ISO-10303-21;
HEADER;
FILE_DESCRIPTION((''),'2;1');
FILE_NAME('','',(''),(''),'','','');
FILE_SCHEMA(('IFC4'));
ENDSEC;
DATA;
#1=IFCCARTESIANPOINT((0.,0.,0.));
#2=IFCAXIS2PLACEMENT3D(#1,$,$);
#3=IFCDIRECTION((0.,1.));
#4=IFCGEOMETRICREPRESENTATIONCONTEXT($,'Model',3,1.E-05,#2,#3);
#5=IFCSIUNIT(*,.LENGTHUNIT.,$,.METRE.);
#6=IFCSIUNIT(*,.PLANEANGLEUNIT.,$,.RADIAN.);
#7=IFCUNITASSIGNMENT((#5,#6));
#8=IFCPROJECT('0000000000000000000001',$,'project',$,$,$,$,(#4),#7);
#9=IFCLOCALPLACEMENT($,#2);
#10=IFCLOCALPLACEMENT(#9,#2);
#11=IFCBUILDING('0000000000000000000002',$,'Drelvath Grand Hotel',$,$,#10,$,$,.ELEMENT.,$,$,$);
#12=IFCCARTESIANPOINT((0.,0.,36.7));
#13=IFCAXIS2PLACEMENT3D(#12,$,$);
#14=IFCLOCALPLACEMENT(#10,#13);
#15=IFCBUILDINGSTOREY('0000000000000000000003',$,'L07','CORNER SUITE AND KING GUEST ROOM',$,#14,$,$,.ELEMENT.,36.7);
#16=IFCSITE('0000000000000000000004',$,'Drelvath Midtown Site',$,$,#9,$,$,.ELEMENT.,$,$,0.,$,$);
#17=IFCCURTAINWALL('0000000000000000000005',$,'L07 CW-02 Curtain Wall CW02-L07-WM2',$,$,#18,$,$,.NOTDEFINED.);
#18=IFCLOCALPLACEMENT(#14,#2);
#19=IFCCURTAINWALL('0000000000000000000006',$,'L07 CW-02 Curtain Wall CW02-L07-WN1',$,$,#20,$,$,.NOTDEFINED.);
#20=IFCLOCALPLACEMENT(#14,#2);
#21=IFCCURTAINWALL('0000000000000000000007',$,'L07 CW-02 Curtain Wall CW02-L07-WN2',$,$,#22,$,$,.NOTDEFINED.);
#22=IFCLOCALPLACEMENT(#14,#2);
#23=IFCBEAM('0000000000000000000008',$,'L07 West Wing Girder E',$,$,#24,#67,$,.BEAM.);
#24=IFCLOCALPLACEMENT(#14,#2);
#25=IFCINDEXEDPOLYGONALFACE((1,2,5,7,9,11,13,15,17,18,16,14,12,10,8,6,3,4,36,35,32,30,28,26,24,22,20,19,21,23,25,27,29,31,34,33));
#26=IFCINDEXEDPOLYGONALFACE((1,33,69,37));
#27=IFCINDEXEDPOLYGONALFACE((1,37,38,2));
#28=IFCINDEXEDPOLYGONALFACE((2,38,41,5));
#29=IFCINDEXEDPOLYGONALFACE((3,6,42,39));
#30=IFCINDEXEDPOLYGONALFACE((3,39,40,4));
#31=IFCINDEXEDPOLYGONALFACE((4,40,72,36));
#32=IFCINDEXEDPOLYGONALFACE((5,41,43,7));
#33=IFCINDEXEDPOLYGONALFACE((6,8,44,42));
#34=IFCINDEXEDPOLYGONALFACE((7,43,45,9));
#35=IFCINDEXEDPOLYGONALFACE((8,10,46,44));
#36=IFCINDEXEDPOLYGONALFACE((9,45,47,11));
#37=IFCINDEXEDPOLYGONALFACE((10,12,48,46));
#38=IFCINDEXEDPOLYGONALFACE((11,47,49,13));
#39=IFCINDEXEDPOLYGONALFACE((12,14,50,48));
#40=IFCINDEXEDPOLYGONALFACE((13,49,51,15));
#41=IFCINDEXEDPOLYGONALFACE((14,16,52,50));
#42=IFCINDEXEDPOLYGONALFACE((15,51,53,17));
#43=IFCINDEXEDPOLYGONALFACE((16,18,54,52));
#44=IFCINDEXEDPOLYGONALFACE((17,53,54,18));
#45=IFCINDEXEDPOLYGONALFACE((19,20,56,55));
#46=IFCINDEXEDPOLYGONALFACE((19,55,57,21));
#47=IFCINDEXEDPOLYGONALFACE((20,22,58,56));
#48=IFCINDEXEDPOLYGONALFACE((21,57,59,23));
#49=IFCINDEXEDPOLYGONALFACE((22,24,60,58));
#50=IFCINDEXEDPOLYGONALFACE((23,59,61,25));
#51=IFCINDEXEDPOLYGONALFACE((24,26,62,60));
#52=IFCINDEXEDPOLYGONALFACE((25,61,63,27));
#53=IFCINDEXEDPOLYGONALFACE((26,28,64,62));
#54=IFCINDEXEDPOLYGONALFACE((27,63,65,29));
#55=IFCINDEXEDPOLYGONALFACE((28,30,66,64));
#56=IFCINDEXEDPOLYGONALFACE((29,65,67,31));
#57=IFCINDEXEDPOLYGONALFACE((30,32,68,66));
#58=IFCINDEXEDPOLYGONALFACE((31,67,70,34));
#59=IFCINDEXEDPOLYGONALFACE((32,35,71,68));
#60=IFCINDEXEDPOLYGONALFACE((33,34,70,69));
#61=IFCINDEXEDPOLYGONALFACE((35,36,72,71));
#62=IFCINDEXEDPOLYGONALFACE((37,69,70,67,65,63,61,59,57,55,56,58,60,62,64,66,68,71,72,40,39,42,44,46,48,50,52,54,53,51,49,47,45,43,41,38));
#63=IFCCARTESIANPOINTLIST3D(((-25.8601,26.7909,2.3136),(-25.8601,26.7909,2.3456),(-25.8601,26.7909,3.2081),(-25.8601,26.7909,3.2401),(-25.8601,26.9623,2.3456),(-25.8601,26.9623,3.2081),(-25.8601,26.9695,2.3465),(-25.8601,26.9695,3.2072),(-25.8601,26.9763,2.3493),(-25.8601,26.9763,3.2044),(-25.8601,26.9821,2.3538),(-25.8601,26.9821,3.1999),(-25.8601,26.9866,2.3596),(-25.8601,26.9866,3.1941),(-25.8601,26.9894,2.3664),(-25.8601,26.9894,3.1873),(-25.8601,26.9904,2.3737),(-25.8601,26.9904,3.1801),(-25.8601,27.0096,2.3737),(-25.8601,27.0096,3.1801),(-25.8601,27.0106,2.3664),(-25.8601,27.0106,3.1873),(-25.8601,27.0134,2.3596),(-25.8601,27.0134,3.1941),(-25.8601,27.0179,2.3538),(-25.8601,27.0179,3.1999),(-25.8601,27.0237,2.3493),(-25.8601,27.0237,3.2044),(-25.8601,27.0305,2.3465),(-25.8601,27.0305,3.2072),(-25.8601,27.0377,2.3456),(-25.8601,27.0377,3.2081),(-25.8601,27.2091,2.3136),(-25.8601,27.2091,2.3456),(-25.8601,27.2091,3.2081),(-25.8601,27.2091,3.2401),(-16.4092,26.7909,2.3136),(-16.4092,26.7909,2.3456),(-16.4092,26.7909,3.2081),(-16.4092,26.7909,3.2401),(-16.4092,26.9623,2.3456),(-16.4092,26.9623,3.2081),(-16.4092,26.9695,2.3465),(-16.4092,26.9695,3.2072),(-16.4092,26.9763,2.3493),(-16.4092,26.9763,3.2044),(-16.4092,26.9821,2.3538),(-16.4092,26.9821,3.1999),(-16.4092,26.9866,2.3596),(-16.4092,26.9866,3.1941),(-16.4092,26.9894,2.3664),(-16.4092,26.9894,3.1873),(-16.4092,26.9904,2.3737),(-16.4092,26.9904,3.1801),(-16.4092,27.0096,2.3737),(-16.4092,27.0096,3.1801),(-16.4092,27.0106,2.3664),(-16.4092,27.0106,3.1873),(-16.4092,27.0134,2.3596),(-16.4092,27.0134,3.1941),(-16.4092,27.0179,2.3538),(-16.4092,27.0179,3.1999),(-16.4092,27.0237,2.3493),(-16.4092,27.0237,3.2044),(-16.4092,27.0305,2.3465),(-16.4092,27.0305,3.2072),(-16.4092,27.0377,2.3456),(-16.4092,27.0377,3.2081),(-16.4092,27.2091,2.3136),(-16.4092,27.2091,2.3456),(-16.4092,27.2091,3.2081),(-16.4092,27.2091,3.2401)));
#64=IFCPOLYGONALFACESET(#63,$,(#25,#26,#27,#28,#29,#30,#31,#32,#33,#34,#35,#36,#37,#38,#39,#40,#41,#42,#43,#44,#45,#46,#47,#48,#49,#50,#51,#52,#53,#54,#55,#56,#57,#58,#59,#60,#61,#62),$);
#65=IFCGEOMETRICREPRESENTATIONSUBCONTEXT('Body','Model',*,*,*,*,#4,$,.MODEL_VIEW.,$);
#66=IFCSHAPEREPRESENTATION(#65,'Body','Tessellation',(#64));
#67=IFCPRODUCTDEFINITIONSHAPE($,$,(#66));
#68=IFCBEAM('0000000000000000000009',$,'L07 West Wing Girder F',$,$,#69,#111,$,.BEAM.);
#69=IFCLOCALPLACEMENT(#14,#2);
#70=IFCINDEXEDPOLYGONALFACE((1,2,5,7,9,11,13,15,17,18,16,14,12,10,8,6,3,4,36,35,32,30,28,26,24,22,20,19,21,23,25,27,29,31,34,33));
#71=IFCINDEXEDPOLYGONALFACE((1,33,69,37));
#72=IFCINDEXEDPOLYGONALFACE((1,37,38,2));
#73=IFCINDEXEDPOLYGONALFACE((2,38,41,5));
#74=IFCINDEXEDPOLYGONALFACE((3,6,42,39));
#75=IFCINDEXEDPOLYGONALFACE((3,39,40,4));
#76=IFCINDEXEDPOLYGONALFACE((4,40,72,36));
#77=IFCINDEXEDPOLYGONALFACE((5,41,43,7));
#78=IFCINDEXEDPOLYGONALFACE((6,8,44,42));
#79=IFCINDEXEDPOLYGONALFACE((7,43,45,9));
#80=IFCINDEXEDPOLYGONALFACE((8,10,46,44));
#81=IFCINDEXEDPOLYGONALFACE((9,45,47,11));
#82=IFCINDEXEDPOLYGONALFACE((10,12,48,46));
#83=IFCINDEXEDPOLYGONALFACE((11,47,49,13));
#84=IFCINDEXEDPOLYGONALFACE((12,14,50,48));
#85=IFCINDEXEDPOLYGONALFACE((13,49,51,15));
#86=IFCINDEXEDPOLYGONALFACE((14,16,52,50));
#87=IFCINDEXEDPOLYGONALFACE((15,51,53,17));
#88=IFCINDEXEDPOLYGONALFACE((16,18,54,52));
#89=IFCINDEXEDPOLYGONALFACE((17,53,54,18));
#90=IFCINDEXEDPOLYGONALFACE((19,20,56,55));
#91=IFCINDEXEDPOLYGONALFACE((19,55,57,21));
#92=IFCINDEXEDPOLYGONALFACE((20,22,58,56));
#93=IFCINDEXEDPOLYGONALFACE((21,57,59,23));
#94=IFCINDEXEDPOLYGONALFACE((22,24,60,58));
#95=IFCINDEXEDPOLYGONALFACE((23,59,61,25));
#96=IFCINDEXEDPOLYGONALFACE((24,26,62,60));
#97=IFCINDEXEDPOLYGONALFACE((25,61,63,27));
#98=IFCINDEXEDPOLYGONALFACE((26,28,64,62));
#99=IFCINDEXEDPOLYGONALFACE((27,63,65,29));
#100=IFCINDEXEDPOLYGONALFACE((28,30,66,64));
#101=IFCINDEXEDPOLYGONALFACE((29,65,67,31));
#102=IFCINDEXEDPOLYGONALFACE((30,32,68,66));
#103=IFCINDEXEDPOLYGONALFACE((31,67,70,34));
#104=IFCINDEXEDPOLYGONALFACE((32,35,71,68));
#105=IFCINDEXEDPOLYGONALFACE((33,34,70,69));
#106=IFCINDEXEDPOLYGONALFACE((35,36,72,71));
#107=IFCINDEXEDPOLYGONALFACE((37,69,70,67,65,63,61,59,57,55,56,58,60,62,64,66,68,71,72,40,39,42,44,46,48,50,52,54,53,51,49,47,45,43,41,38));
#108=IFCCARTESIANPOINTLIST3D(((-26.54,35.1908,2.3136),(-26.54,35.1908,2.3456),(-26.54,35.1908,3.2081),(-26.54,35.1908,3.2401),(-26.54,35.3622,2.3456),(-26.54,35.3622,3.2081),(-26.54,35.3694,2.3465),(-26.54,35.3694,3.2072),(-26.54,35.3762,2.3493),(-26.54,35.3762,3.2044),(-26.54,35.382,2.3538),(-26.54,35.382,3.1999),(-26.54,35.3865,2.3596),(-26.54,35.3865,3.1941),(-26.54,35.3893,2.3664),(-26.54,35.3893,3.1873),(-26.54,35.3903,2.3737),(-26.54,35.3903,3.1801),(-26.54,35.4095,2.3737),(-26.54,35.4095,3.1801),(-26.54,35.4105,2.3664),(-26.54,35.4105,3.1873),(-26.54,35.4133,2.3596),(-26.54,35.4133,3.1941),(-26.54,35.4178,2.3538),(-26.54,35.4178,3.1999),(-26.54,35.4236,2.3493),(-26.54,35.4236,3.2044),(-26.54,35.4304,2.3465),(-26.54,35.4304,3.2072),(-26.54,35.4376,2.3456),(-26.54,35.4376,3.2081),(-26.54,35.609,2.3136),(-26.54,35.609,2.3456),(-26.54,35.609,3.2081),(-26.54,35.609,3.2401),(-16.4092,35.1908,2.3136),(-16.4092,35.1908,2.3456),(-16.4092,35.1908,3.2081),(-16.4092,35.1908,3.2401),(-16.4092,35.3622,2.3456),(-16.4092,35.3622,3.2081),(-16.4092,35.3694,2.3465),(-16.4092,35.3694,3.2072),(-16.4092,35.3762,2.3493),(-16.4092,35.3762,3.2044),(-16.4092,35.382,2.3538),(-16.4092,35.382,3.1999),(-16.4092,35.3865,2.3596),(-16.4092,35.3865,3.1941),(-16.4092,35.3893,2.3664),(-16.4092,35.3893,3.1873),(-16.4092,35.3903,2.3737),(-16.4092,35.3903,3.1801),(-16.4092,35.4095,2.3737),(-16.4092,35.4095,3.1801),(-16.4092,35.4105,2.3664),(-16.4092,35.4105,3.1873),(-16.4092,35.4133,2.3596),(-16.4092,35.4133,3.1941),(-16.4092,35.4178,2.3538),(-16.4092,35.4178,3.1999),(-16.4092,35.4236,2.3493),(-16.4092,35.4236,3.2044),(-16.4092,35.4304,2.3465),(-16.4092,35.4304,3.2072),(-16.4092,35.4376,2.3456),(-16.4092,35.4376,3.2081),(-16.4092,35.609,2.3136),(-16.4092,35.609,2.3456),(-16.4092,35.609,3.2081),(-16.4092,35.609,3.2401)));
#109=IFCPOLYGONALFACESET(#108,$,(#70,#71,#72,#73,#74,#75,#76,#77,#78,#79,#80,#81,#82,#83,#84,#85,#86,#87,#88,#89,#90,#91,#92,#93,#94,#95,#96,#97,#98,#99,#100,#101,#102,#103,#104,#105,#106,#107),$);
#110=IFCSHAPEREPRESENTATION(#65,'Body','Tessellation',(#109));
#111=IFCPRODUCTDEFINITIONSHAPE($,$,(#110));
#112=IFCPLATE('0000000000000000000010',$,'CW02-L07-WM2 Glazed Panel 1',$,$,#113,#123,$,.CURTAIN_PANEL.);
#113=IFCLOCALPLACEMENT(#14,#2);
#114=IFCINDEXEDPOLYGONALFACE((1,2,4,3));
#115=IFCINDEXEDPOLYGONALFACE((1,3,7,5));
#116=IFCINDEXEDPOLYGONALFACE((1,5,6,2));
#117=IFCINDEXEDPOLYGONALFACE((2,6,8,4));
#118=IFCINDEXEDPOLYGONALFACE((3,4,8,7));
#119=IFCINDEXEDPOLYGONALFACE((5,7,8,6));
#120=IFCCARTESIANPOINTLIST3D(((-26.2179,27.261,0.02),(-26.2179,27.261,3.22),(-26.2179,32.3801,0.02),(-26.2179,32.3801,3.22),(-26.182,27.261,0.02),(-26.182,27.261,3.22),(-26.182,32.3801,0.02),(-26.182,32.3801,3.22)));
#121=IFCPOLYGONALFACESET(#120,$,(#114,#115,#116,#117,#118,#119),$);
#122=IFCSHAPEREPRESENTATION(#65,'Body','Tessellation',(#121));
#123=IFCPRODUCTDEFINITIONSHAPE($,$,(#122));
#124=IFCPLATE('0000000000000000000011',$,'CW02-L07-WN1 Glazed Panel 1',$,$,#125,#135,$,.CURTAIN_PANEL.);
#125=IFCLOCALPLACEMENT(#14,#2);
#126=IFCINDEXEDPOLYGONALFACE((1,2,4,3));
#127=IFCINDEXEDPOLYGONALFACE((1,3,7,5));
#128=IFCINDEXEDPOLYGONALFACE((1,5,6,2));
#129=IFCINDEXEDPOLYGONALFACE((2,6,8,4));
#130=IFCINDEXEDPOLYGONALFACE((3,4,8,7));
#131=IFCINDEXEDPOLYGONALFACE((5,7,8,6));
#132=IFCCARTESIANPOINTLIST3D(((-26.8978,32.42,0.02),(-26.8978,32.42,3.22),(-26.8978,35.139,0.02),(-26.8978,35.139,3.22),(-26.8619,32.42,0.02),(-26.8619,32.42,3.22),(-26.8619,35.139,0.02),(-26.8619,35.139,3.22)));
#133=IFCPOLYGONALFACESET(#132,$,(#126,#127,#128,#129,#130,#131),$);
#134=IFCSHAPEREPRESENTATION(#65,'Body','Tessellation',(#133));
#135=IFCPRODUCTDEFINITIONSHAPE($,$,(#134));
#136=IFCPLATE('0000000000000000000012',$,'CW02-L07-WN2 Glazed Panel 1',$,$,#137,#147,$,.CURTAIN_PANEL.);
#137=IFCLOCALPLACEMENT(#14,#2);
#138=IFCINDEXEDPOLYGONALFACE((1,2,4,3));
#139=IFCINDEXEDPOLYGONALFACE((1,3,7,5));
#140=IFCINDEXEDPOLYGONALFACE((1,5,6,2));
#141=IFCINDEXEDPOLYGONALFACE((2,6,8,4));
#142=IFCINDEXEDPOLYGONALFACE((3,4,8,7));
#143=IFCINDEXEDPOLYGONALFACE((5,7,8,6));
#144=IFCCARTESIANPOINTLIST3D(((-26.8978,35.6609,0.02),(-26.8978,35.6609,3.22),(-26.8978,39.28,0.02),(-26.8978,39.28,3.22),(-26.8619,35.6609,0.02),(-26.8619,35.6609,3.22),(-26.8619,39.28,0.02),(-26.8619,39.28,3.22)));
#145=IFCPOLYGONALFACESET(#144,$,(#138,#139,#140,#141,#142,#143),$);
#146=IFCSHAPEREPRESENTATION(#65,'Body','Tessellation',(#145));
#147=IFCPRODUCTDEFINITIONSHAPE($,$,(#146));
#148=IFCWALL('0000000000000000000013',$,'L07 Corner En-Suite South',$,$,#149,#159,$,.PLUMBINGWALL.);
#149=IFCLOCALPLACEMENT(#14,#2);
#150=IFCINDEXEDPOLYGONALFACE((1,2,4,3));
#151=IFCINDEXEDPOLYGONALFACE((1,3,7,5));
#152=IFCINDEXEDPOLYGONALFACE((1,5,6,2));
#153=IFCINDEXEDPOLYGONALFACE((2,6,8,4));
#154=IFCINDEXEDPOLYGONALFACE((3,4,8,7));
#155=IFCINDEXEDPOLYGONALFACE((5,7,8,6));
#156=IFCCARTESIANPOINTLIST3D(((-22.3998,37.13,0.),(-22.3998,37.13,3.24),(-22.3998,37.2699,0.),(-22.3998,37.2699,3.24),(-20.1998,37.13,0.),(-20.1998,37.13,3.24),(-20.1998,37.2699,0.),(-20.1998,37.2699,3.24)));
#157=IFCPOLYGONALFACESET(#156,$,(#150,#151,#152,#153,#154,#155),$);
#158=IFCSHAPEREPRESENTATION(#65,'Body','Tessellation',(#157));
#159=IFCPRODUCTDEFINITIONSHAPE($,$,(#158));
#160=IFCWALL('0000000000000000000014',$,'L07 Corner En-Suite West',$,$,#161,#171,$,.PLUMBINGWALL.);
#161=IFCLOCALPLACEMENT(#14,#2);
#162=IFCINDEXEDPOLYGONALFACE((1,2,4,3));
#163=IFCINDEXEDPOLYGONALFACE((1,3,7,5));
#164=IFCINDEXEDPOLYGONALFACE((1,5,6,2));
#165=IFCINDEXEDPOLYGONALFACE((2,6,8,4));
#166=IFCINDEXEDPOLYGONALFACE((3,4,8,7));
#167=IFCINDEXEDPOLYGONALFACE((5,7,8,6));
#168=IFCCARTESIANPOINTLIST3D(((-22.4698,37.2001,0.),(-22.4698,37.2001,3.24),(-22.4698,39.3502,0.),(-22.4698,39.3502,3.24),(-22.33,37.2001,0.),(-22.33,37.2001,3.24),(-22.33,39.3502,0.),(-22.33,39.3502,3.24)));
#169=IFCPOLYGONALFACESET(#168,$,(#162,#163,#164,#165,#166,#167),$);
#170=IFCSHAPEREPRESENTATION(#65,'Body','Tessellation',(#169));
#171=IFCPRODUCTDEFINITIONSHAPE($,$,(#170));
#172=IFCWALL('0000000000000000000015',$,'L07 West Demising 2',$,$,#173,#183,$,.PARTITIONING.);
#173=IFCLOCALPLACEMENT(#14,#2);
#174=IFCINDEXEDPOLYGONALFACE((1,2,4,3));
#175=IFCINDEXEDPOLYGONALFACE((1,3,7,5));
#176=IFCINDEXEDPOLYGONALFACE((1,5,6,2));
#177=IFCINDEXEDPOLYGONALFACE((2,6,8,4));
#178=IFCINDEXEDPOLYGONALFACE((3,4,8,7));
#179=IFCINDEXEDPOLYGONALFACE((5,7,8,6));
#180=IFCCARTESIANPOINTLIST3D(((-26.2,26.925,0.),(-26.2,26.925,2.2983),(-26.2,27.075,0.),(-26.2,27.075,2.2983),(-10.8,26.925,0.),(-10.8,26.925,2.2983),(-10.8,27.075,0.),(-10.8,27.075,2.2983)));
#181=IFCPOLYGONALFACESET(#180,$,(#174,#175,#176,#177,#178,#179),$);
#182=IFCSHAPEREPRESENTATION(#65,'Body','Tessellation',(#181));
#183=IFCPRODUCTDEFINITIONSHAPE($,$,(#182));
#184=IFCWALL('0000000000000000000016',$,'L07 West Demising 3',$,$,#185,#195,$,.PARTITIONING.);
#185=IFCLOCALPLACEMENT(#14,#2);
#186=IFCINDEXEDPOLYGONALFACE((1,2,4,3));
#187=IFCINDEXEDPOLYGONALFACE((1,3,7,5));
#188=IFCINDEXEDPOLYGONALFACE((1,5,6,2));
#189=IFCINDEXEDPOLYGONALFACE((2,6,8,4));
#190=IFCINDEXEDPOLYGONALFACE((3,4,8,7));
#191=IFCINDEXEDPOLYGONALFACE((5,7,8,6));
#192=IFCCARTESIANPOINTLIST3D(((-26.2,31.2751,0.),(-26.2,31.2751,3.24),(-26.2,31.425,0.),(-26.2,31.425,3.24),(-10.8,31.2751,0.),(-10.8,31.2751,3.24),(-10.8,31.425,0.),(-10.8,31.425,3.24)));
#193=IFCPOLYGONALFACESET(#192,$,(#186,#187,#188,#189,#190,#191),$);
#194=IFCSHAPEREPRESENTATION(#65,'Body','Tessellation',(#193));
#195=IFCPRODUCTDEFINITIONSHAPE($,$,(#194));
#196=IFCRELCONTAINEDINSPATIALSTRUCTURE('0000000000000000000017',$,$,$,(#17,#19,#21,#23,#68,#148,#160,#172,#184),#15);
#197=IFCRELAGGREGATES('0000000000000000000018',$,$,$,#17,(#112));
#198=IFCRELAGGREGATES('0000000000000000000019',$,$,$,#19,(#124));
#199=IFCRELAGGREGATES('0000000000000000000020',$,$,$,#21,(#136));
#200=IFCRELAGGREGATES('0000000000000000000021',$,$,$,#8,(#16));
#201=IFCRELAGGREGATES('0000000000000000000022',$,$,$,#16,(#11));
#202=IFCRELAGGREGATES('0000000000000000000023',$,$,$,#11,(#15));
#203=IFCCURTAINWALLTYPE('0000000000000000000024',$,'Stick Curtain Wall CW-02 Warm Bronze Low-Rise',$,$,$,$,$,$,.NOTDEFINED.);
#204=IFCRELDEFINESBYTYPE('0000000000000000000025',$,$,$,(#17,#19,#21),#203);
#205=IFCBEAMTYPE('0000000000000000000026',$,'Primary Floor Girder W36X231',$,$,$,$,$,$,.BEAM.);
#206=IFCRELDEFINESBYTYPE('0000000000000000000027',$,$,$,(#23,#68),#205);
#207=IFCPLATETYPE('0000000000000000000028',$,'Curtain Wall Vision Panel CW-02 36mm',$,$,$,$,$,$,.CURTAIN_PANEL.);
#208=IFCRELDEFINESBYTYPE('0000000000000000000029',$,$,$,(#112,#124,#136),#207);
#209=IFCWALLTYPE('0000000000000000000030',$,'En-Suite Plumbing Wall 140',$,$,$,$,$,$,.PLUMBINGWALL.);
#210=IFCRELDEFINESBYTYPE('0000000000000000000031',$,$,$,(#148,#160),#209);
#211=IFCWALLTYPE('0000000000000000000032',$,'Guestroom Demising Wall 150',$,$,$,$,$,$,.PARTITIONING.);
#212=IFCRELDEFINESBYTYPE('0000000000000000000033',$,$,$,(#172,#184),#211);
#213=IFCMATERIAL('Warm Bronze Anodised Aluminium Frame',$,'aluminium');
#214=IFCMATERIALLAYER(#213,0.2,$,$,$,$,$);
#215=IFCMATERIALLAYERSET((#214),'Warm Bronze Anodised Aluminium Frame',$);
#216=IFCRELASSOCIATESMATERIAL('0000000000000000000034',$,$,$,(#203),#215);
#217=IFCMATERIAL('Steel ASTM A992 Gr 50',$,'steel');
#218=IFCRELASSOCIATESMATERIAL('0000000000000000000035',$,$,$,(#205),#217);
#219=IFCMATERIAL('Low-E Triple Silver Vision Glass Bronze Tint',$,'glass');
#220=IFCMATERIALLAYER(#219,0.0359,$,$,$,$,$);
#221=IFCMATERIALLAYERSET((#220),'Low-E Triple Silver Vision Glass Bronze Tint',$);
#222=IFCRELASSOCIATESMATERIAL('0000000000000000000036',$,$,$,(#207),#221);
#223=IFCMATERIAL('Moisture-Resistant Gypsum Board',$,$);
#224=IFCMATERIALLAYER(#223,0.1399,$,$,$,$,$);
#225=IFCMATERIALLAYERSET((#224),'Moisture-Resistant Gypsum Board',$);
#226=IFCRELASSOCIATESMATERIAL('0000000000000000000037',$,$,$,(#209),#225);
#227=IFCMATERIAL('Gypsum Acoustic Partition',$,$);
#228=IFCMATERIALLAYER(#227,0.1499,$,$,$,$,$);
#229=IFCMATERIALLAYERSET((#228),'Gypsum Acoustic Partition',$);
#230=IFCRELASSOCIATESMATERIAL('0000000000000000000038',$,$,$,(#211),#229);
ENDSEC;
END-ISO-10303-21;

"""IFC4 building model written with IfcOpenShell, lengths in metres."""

from ifc_helpers import new_model, si_unit, direction, frame, frame_2d, origin, origin_2d, place, context, subcontext, project, spatial, rectangle, i_section, extrude, material, layer, layer_set, material_profile, profile_set, type_object, element, aggregate, save


model = new_model("IFC4")

# Units and contexts
model_context = context("Model", 3, precision=1e-05, world=origin(), true_north=direction((0.0, 1.0)))
body_context = subcontext(model_context, "Body", "Model", "MODEL_VIEW")
ifc_project = project(units=[si_unit("LENGTHUNIT", "METRE"), si_unit("PLANEANGLEUNIT", "RADIAN")], contexts=[model_context])

# Site, building, storey
site_placement = place(None, origin())
site = spatial("IfcSite", under=ifc_project, at=site_placement, Name="Drelvath Midtown Site", CompositionType="ELEMENT", RefElevation=0.0)
building_placement = place(site_placement, origin())
building = spatial("IfcBuilding", under=site, at=building_placement, Name="Drelvath Grand Hotel", CompositionType="ELEMENT")
storey_placement = place(building_placement, frame((0.0, 0.0, 36.7)))
storey = spatial("IfcBuildingStorey", under=building, at=storey_placement, Name="L07", Description="CORNER SUITE AND KING GUEST ROOM", CompositionType="ELEMENT", Elevation=36.7)

# Curtain walls
ifc_material_1 = material(Name="Warm Bronze Anodised Aluminium Frame", Category="aluminium")
ifc_layer_1 = layer(ifc_material_1, 0.2)
ifc_layer_set_1 = layer_set([ifc_layer_1], Name="Warm Bronze Anodised Aluminium Frame")
curtain_wall_type = type_object("IfcCurtainWallType", Name="Stick Curtain Wall CW-02 Warm Bronze Low-Rise", PredefinedType="NOTDEFINED", material=ifc_layer_set_1)
curtain_wall_1_placement = place(storey_placement, origin())
curtain_wall_1 = element("IfcCurtainWall", 1, at=curtain_wall_1_placement, inside=storey, type_object=curtain_wall_type, Name="L07 CW-02 Curtain Wall CW02-L07-WM2", PredefinedType="NOTDEFINED")
curtain_wall_2_placement = place(storey_placement, origin())
curtain_wall_2 = element("IfcCurtainWall", 2, at=curtain_wall_2_placement, inside=storey, type_object=curtain_wall_type, Name="L07 CW-02 Curtain Wall CW02-L07-WN1", PredefinedType="NOTDEFINED")
curtain_wall_3_placement = place(storey_placement, origin())
curtain_wall_3 = element("IfcCurtainWall", 3, at=curtain_wall_3_placement, inside=storey, type_object=curtain_wall_type, Name="L07 CW-02 Curtain Wall CW02-L07-WN2", PredefinedType="NOTDEFINED")

# Beams
ifc_material_2 = material(Name="Steel ASTM A992 Gr 50", Category="steel")
ifc_material_profile_1 = material_profile(ifc_material_2, i_section(OverallWidth=0.4182, OverallDepth=0.9265, WebThickness=0.0193, FlangeThickness=0.032, FilletRadius=0.0281, at=origin_2d()), Name="W36X231")
ifc_profile_set_1 = profile_set([ifc_material_profile_1], Name="Steel ASTM A992 Gr 50")
beam_type_1 = type_object("IfcBeamType", Name="Primary Floor Girder W36X231", PredefinedType="BEAM", material=ifc_profile_set_1)
beam_1_placement = place(storey_placement, frame((-25.8601, 27.0, 2.7769), z_axis=(1.0, 0.0, 0.0), x_axis=(0.0, 1.0, 0.0)))
element("IfcBeam", 4, at=beam_1_placement, inside=storey, type_object=beam_type_1, Name="L07 West Wing Girder E", PredefinedType="BEAM", context=body_context, shape_type="SweptSolid", body=[
    extrude(i_section(OverallWidth=0.4182, OverallDepth=0.9265, WebThickness=0.0193, FlangeThickness=0.032, FilletRadius=0.0281, at=origin_2d()), origin(), (0.0, 0.0, 1.0), 9.4509),
])
beam_2_placement = place(storey_placement, frame((-26.54, 35.3999, 2.7769), z_axis=(1.0, 0.0, 0.0), x_axis=(0.0, 1.0, 0.0)))
element("IfcBeam", 5, at=beam_2_placement, inside=storey, type_object=beam_type_1, Name="L07 West Wing Girder F", PredefinedType="BEAM", context=body_context, shape_type="SweptSolid", body=[
    extrude(i_section(OverallWidth=0.4182, OverallDepth=0.9265, WebThickness=0.0193, FlangeThickness=0.032, FilletRadius=0.0281, at=origin_2d()), origin(), (0.0, 0.0, 1.0), 10.1309),
])

# Plates
ifc_material_3 = material(Name="Low-E Triple Silver Vision Glass Bronze Tint", Category="glass")
ifc_layer_2 = layer(ifc_material_3, 0.0359)
ifc_layer_set_2 = layer_set([ifc_layer_2], Name="Low-E Triple Silver Vision Glass Bronze Tint")
plate_type = type_object("IfcPlateType", Name="Curtain Wall Vision Panel CW-02 36mm", PredefinedType="CURTAIN_PANEL", material=ifc_layer_set_2)
plate_1_placement = place(storey_placement, frame((-26.2, 29.8206, 0.02), z_axis=(0.0, 0.0, 1.0), x_axis=(0.0, 1.0, 0.0)))
plate_1 = element("IfcPlate", 6, at=plate_1_placement, type_object=plate_type, Name="CW02-L07-WM2 Glazed Panel 1", PredefinedType="CURTAIN_PANEL", context=body_context, shape_type="SweptSolid", body=[
    extrude(rectangle(XDim=5.1191, YDim=0.0359, at=origin_2d()), origin(), (0.0, 0.0, 1.0), 3.2),
])
aggregate(curtain_wall_1, [plate_1])
plate_2_placement = place(storey_placement, frame((-26.8799, 33.7795, 0.02), z_axis=(0.0, 0.0, 1.0), x_axis=(0.0, 1.0, 0.0)))
plate_2 = element("IfcPlate", 7, at=plate_2_placement, type_object=plate_type, Name="CW02-L07-WN1 Glazed Panel 1", PredefinedType="CURTAIN_PANEL", context=body_context, shape_type="SweptSolid", body=[
    extrude(rectangle(XDim=2.719, YDim=0.0359, at=origin_2d()), origin(), (0.0, 0.0, 1.0), 3.2),
])
aggregate(curtain_wall_2, [plate_2])
plate_3_placement = place(storey_placement, frame((-26.8799, 37.4705, 0.02), z_axis=(0.0, 0.0, 1.0), x_axis=(0.0, 1.0, 0.0)))
plate_3 = element("IfcPlate", 8, at=plate_3_placement, type_object=plate_type, Name="CW02-L07-WN2 Glazed Panel 1", PredefinedType="CURTAIN_PANEL", context=body_context, shape_type="SweptSolid", body=[
    extrude(rectangle(XDim=3.6191, YDim=0.0359, at=origin_2d()), origin(), (0.0, 0.0, 1.0), 3.2),
])
aggregate(curtain_wall_3, [plate_3])

# Walls
ifc_material_4 = material(Name="Moisture-Resistant Gypsum Board")
ifc_layer_3 = layer(ifc_material_4, 0.1399)
ifc_layer_set_3 = layer_set([ifc_layer_3], Name="Moisture-Resistant Gypsum Board")
wall_type_1 = type_object("IfcWallType", Name="En-Suite Plumbing Wall 140", PredefinedType="PLUMBINGWALL", material=ifc_layer_set_3)
wall_1_placement = place(storey_placement, frame((-22.3999, 37.2, 0.0), z_axis=(0.0, 0.0, 1.0), x_axis=(1.0, 0.0, 0.0)))
element("IfcWall", 9, at=wall_1_placement, inside=storey, type_object=wall_type_1, Name="L07 Corner En-Suite South", PredefinedType="PLUMBINGWALL", context=body_context, shape_type="SweptSolid", body=[
    extrude(rectangle(XDim=2.2, YDim=0.1399, at=frame_2d((1.1001, 0.0))), origin(), (0.0, 0.0, 1.0), 3.24),
])
wall_2_placement = place(storey_placement, frame((-22.3999, 37.2, 0.0), z_axis=(0.0, 0.0, 1.0), x_axis=(0.0, 1.0, 0.0)))
element("IfcWall", 10, at=wall_2_placement, inside=storey, type_object=wall_type_1, Name="L07 Corner En-Suite West", PredefinedType="PLUMBINGWALL", context=body_context, shape_type="SweptSolid", body=[
    extrude(rectangle(XDim=2.1501, YDim=0.1399, at=frame_2d((1.0752, 0.0))), origin(), (0.0, 0.0, 1.0), 3.24),
])
ifc_material_5 = material(Name="Gypsum Acoustic Partition")
ifc_layer_4 = layer(ifc_material_5, 0.1499)
ifc_layer_set_4 = layer_set([ifc_layer_4], Name="Gypsum Acoustic Partition")
wall_type_2 = type_object("IfcWallType", Name="Guestroom Demising Wall 150", PredefinedType="PARTITIONING", material=ifc_layer_set_4)
wall_3_placement = place(storey_placement, frame((-26.2, 27.0, 0.0), z_axis=(0.0, 0.0, 1.0), x_axis=(1.0, 0.0, 0.0)))
element("IfcWall", 11, at=wall_3_placement, inside=storey, type_object=wall_type_2, Name="L07 West Demising 2", PredefinedType="PARTITIONING", context=body_context, shape_type="SweptSolid", body=[
    extrude(rectangle(XDim=15.3999, YDim=0.1499, at=frame_2d((7.7, 0.0))), origin(), (0.0, 0.0, 1.0), 2.2983),
])
wall_4_placement = place(storey_placement, frame((-26.2, 31.3501, 0.0), z_axis=(0.0, 0.0, 1.0), x_axis=(1.0, 0.0, 0.0)))
element("IfcWall", 12, at=wall_4_placement, inside=storey, type_object=wall_type_2, Name="L07 West Demising 3", PredefinedType="PARTITIONING", context=body_context, shape_type="SweptSolid", body=[
    extrude(rectangle(XDim=15.3999, YDim=0.1499, at=frame_2d((7.7, 0.0))), origin(), (0.0, 0.0, 1.0), 3.24),
])

save(model, "model.ifc")
